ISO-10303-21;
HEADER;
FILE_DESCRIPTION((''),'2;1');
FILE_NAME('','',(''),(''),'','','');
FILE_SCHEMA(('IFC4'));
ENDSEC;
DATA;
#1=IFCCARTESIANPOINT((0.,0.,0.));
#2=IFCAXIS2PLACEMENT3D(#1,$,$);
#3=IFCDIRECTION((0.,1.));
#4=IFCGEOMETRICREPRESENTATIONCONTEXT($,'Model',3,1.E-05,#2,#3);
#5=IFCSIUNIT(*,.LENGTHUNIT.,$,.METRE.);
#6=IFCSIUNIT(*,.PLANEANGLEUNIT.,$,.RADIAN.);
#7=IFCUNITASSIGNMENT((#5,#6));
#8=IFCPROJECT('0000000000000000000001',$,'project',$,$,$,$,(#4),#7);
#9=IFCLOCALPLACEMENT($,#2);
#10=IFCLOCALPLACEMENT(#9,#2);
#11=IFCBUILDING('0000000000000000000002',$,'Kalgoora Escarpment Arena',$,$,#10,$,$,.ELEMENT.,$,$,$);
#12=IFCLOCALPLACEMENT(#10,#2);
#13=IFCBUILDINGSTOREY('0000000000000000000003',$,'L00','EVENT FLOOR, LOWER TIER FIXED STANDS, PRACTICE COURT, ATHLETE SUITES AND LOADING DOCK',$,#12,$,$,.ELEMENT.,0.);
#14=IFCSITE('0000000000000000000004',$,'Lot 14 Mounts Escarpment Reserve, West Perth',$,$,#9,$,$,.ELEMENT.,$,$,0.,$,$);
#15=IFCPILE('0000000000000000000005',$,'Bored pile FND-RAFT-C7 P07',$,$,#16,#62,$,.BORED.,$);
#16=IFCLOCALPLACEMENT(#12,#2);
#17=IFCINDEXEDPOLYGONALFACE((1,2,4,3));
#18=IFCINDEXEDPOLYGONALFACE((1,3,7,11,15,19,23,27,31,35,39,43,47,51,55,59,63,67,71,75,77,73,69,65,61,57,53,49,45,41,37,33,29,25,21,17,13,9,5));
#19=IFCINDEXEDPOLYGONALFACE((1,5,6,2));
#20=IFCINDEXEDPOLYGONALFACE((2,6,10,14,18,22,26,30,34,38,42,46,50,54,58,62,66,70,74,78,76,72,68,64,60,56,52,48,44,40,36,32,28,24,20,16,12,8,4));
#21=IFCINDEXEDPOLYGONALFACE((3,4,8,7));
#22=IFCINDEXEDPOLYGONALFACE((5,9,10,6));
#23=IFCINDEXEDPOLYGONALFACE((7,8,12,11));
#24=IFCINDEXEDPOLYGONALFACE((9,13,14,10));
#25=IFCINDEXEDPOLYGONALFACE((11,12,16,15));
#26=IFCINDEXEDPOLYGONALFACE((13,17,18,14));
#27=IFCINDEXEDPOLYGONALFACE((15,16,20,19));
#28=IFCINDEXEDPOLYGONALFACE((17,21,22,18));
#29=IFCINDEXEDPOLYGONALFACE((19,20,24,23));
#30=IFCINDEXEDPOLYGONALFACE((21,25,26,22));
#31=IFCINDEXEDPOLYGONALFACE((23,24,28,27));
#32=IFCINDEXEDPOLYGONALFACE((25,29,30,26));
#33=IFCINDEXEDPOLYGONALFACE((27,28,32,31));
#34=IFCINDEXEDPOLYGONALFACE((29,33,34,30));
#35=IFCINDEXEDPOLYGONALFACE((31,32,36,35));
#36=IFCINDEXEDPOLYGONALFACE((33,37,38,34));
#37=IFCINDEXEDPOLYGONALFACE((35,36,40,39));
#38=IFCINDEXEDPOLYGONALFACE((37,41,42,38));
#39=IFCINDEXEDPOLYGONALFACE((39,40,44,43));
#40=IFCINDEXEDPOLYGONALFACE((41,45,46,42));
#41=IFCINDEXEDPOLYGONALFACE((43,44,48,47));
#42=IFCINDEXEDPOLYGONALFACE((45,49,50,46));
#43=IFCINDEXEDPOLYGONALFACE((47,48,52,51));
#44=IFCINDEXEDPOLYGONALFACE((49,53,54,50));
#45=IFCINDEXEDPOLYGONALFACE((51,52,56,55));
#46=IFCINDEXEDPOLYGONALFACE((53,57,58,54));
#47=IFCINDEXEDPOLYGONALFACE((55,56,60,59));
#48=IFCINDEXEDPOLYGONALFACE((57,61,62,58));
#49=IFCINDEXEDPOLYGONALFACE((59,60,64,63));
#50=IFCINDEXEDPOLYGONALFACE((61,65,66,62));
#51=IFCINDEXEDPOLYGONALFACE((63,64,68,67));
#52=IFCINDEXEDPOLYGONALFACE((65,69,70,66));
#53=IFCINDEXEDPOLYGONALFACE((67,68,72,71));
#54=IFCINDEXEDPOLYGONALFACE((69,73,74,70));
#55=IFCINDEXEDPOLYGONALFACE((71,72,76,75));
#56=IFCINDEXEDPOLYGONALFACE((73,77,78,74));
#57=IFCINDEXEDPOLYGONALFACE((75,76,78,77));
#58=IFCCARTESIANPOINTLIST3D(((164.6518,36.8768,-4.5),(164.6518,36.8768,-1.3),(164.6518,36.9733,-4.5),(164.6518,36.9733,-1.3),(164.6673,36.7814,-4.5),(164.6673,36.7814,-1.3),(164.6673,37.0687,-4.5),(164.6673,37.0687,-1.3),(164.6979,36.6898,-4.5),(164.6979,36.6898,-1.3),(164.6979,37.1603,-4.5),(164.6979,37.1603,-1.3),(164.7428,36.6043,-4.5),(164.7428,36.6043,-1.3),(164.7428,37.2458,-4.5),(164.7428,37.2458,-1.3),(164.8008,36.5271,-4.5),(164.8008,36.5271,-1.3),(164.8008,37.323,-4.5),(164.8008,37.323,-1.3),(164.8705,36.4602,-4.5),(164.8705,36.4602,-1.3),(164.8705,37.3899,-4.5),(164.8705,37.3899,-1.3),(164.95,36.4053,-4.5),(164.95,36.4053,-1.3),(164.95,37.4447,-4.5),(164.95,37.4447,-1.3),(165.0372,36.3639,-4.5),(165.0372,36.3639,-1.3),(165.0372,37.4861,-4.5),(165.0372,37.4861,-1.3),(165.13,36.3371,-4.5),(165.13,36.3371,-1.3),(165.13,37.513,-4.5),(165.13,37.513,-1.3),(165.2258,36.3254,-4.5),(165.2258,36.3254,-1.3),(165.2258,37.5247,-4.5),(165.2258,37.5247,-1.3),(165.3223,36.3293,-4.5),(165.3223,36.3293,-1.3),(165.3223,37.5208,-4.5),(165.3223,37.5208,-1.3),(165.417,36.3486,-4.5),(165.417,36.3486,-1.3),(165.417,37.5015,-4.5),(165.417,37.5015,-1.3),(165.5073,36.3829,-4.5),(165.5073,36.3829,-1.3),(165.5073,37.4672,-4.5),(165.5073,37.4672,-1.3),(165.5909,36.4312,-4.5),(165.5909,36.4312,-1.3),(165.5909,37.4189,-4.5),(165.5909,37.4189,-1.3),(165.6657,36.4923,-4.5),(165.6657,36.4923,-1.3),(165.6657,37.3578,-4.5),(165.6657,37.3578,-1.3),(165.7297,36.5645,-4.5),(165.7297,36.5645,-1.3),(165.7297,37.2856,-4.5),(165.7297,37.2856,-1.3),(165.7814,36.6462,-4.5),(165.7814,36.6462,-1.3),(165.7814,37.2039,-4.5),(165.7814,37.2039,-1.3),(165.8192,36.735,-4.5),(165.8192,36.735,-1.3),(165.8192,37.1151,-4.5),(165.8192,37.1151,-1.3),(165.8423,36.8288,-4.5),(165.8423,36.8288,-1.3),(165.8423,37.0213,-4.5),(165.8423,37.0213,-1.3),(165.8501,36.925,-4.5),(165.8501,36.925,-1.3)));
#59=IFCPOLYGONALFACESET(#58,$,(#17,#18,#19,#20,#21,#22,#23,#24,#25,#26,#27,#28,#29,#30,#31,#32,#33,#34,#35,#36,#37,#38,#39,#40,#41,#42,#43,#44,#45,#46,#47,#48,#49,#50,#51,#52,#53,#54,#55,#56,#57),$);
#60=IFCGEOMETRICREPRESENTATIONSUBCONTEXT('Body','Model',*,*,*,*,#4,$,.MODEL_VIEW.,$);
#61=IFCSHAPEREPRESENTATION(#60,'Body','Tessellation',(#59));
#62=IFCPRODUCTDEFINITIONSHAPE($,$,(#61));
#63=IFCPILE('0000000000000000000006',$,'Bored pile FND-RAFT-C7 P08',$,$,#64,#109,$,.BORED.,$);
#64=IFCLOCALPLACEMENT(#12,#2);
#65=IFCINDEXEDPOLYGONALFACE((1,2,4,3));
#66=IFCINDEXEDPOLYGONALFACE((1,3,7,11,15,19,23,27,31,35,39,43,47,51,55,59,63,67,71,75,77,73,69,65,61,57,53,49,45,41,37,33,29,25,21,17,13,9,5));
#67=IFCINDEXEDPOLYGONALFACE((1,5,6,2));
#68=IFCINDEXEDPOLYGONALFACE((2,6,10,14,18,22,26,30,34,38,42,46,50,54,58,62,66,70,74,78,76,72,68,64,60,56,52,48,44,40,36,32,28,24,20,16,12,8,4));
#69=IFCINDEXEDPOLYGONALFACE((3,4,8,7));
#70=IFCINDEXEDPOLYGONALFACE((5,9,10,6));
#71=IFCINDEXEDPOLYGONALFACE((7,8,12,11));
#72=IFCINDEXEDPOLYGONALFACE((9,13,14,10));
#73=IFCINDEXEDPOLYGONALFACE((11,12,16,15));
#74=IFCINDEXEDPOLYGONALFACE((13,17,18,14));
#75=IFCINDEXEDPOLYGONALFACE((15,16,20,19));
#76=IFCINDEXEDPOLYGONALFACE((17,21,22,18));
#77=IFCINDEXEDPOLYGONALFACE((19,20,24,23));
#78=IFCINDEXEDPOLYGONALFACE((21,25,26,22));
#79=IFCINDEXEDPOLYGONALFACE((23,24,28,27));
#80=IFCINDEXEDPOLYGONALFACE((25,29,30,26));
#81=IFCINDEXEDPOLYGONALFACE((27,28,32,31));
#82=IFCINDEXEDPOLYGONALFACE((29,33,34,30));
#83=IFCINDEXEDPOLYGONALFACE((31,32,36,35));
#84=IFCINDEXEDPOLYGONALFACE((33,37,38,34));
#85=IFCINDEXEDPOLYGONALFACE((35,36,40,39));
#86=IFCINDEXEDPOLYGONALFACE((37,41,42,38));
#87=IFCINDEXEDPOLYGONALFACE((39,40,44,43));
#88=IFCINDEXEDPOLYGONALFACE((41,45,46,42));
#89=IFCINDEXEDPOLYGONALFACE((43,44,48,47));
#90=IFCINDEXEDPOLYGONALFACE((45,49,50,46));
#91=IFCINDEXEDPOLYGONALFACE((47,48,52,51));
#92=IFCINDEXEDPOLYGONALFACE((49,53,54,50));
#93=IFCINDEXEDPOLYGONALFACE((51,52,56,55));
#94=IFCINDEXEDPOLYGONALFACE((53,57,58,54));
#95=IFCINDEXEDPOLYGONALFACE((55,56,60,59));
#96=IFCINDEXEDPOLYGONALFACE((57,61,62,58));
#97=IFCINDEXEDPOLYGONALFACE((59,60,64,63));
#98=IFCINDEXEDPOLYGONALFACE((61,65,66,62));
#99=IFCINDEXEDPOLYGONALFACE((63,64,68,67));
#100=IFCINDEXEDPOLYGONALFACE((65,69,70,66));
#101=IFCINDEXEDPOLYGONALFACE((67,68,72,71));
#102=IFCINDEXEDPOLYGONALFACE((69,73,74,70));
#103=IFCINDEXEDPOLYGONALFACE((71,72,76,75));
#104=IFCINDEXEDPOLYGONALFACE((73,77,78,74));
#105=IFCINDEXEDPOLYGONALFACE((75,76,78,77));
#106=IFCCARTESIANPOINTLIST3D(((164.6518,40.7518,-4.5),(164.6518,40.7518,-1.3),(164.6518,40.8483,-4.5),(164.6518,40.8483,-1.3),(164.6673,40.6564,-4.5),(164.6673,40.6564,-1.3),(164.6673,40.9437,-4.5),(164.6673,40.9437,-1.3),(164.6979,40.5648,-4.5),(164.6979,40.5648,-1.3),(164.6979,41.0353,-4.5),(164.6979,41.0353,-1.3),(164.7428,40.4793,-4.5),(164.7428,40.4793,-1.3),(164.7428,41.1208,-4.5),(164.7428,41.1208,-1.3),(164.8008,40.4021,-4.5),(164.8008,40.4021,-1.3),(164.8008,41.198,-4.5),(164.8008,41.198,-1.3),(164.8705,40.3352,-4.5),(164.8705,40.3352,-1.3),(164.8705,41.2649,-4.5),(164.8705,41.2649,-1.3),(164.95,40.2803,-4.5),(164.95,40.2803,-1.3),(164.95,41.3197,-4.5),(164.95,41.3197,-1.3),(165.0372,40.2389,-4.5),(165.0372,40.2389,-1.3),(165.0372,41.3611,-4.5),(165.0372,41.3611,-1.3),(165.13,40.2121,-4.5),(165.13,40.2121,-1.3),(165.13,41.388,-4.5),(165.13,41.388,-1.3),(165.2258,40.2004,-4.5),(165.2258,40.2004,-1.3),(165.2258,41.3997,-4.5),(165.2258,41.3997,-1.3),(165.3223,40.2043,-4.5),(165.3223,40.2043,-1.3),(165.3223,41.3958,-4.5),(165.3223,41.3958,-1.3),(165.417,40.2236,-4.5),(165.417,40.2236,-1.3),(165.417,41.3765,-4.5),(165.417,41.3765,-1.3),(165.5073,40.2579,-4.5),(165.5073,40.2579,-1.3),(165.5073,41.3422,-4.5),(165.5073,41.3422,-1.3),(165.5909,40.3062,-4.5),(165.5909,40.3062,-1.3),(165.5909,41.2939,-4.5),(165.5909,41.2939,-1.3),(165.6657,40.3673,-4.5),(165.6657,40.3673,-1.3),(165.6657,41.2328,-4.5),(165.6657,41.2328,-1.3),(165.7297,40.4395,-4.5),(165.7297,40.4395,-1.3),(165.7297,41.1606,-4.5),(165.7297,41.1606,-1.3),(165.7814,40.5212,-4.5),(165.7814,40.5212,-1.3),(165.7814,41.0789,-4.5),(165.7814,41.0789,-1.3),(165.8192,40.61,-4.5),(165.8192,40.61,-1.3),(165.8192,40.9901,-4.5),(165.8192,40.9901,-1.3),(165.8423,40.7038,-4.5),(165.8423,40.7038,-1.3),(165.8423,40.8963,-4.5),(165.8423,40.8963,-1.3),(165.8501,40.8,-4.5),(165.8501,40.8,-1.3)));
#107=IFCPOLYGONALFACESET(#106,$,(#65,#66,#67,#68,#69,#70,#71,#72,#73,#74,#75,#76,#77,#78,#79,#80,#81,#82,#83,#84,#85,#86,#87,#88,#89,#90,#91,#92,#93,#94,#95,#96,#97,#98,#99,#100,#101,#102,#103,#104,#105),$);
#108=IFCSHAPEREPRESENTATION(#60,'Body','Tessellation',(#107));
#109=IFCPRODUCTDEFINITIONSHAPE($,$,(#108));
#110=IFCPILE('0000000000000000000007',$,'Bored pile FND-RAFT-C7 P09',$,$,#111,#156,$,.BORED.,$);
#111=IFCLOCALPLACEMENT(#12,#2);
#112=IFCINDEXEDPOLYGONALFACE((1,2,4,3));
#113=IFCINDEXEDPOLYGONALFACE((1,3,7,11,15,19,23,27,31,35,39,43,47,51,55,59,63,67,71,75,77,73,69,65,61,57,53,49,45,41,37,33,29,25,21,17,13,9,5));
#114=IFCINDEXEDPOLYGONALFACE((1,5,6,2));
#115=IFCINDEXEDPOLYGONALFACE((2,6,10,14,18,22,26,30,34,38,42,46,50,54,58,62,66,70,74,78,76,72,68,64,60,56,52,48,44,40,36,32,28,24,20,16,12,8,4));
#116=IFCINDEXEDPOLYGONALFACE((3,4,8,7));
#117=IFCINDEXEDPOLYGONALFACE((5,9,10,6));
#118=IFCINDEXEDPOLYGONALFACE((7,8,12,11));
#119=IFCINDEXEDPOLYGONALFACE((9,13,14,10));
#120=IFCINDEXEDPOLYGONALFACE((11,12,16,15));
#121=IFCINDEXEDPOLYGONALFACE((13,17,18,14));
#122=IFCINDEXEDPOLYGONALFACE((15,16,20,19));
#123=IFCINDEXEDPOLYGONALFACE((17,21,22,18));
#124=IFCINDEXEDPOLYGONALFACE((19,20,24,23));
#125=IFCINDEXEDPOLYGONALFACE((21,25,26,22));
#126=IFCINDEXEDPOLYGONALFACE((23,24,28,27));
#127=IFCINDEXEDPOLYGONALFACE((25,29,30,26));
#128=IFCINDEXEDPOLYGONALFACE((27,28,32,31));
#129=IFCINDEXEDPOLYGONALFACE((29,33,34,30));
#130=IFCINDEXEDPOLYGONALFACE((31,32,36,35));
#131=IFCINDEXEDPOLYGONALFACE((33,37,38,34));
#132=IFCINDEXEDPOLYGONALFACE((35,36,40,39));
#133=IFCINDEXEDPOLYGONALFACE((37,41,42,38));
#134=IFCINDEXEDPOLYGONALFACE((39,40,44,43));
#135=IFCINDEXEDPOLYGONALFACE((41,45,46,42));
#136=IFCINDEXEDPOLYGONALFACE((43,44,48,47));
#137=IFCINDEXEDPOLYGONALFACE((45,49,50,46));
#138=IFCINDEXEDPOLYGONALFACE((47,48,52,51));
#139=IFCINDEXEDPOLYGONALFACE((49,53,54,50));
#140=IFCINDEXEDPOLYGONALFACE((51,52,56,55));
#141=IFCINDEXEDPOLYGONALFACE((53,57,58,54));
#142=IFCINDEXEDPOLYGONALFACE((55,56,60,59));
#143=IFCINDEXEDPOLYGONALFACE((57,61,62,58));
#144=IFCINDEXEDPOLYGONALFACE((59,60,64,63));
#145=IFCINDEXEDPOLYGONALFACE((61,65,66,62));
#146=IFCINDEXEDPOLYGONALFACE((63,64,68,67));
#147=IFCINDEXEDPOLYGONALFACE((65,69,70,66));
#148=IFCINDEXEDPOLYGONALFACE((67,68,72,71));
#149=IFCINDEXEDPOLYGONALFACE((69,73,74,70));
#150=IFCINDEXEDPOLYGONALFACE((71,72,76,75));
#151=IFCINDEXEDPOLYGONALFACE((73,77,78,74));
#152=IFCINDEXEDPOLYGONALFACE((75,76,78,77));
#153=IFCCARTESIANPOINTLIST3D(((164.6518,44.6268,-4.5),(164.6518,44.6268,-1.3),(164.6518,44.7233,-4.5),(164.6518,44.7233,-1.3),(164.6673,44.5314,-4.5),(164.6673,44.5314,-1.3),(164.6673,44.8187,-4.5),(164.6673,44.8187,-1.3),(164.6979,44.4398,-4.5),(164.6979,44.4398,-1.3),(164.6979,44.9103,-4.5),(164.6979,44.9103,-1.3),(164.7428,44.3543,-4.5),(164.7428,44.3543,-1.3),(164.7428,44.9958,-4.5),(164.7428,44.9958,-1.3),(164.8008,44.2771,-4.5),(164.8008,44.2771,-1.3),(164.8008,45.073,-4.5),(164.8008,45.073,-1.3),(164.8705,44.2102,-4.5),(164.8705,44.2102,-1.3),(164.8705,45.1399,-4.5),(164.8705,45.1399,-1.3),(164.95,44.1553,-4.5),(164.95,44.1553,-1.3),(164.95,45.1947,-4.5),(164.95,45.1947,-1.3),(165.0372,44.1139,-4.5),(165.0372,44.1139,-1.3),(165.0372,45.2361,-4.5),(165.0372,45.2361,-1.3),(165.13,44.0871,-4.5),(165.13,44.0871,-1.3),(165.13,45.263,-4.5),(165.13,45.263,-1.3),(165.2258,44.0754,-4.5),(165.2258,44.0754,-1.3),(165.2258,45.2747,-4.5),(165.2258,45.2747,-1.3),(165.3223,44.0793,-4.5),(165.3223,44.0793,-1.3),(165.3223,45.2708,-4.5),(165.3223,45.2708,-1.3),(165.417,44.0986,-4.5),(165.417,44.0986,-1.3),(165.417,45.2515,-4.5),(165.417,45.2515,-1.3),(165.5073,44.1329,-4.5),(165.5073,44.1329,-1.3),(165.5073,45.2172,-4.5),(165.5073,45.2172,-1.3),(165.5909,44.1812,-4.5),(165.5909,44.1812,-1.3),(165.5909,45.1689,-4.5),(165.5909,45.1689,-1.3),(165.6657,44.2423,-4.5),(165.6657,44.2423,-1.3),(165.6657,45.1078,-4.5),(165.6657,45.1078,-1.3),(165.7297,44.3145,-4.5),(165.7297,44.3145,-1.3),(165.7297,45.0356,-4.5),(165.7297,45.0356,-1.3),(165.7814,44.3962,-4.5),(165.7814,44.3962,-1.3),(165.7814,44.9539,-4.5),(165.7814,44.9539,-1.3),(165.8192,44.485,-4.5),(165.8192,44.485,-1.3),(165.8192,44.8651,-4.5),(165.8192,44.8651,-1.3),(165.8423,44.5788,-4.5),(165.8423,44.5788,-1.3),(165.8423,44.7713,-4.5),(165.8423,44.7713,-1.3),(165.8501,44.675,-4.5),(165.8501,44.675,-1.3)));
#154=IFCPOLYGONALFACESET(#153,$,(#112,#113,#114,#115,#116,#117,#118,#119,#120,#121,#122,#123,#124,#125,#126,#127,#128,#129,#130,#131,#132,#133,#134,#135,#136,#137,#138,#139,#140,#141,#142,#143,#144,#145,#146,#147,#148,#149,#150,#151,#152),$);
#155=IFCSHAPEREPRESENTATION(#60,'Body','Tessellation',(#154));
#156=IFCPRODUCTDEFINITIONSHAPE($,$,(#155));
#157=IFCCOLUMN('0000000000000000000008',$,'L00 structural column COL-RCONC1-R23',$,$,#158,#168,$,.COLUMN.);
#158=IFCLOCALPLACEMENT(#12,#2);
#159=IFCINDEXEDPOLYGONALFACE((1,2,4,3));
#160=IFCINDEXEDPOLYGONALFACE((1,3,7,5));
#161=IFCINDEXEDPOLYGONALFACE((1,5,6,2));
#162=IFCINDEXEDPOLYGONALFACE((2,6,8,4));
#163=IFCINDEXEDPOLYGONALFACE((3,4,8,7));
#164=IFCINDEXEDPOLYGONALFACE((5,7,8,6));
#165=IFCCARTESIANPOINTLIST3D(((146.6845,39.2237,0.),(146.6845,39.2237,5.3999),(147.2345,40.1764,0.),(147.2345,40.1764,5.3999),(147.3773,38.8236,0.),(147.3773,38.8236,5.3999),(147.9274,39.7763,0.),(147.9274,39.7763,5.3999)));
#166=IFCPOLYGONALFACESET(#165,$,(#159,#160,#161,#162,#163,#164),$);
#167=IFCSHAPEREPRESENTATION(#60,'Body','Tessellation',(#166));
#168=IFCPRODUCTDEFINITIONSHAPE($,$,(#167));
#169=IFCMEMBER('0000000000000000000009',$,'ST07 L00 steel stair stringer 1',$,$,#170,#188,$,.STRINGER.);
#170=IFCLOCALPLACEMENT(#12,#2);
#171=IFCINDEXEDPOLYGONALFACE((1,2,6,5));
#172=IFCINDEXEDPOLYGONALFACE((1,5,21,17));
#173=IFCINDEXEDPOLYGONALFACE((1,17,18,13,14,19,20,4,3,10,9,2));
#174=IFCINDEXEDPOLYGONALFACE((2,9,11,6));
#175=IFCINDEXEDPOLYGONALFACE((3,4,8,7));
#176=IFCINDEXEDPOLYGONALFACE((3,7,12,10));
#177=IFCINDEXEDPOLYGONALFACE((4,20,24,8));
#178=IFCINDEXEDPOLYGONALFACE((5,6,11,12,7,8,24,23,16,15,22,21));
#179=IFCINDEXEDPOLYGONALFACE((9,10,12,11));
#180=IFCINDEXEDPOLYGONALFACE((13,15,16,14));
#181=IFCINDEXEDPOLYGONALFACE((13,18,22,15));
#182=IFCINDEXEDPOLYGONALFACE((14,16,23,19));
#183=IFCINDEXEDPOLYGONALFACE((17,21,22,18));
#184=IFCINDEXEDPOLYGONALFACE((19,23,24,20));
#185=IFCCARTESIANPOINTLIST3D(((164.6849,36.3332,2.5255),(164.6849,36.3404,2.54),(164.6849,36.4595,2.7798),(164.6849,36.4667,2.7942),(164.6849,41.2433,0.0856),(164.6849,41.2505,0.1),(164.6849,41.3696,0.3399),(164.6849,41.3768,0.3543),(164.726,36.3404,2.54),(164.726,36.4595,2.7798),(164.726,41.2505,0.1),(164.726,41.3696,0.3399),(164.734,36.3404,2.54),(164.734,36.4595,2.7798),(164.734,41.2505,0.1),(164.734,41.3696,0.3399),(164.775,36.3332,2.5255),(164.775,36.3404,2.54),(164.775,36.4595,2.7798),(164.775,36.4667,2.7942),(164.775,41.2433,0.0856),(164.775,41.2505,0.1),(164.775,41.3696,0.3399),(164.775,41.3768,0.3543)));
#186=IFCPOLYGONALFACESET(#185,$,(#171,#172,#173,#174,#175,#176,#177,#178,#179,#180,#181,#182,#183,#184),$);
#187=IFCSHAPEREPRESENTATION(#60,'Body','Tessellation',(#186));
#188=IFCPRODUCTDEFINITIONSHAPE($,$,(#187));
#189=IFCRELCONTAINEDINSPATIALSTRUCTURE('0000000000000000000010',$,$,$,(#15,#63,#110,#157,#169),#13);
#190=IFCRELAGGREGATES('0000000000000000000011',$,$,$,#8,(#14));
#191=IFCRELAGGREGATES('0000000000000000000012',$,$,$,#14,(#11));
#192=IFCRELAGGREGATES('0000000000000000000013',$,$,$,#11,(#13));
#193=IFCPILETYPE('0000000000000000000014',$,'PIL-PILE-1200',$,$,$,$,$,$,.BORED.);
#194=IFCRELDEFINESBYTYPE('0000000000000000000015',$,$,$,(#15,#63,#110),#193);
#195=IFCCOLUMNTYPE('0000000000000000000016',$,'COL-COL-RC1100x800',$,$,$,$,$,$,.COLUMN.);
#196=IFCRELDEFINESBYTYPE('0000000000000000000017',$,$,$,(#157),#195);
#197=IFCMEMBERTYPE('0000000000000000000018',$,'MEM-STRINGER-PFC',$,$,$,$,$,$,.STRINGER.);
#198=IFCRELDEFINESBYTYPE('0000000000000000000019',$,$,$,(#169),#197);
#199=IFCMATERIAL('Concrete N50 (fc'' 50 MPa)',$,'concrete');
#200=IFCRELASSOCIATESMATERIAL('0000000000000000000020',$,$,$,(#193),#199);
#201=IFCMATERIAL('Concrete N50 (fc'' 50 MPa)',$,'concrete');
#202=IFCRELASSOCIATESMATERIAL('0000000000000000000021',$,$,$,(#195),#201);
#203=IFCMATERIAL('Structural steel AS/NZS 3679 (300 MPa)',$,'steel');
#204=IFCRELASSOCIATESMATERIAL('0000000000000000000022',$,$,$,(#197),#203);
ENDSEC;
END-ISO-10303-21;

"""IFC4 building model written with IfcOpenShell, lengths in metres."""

from ifc_helpers import new_model, si_unit, direction, frame, origin, origin_2d, place, context, subcontext, project, spatial, rectangle, circle, i_section, extrude, material, material_profile, profile_set, type_object, element, save


model = new_model("IFC4")

# Units and contexts
model_context = context("Model", 3, precision=1e-05, world=origin(), true_north=direction((0.0, 1.0)))
body_context = subcontext(model_context, "Body", "Model", "MODEL_VIEW")
ifc_project = project(units=[si_unit("LENGTHUNIT", "METRE"), si_unit("PLANEANGLEUNIT", "RADIAN")], contexts=[model_context])

# Site, building, storey
site_placement = place(None, origin())
site = spatial("IfcSite", under=ifc_project, at=site_placement, Name="Lot 14 Mounts Escarpment Reserve, West Perth", CompositionType="ELEMENT", RefElevation=0.0)
building_placement = place(site_placement, origin())
building = spatial("IfcBuilding", under=site, at=building_placement, Name="Kalgoora Escarpment Arena", CompositionType="ELEMENT")
storey_placement = place(building_placement, origin())
storey = spatial("IfcBuildingStorey", under=building, at=storey_placement, Name="L00", Description="EVENT FLOOR, LOWER TIER FIXED STANDS, PRACTICE COURT, ATHLETE SUITES AND LOADING DOCK", CompositionType="ELEMENT", Elevation=0.0)

# Piles
ifc_material_1 = material(Name="Concrete N50 (fc' 50 MPa)", Category="concrete")
ifc_material_profile_1 = material_profile(ifc_material_1, circle(Radius=0.6001, at=origin_2d()))
ifc_profile_set_1 = profile_set([ifc_material_profile_1], Name="Concrete N50 (fc' 50 MPa)")
pile_type_1 = type_object("IfcPileType", Name="PIL-PILE-1200", PredefinedType="BORED", material=ifc_profile_set_1)
for number, where, z_axis, x_axis, name in (
    (1, (165.25, 36.925, -1.3), (0.0, 0.0, -1.0), (1.0, 0.0, 0.0), "Bored pile FND-RAFT-C7 P07"),
    (2, (165.25, 40.8, -1.3), (0.0, 0.0, -1.0), (1.0, 0.0, 0.0), "Bored pile FND-RAFT-C7 P08"),
    (3, (165.25, 44.675, -1.3), (0.0, 0.0, -1.0), (1.0, 0.0, 0.0), "Bored pile FND-RAFT-C7 P09"),
):
    element("IfcPile", number, at=place(storey_placement, frame(where, z_axis=z_axis, x_axis=x_axis)), inside=storey, type_object=pile_type_1, Name=name, PredefinedType="BORED", context=body_context, shape_type="SweptSolid", body=[
        extrude(circle(Radius=0.6001, at=origin_2d()), origin(), (0.0, 0.0, 1.0), 3.2),
    ])

# Column
ifc_material_2 = material(Name="Concrete N50 (fc' 50 MPa)", Category="concrete")
ifc_material_profile_2 = material_profile(ifc_material_2, rectangle(XDim=0.8, YDim=1.1001, at=origin_2d()))
ifc_profile_set_2 = profile_set([ifc_material_profile_2], Name="Concrete N50 (fc' 50 MPa)")
column_type = type_object("IfcColumnType", Name="COL-COL-RC1100x800", PredefinedType="COLUMN", material=ifc_profile_set_2)
column_placement = place(storey_placement, frame((147.3059, 39.5, 0.0), z_axis=(0.0, 0.0, 1.0), x_axis=(0.866025, -0.5, 0.0)))
element("IfcColumn", 4, at=column_placement, inside=storey, type_object=column_type, Name="L00 structural column COL-RCONC1-R23", PredefinedType="COLUMN", context=body_context, shape_type="SweptSolid", body=[
    extrude(rectangle(XDim=0.8, YDim=1.1001, at=origin_2d()), origin(), (0.0, 0.0, 1.0), 5.3999),
])

# Member
ifc_material_3 = material(Name="Structural steel AS/NZS 3679 (300 MPa)", Category="steel")
ifc_material_profile_3 = material_profile(ifc_material_3, i_section(OverallWidth=0.0901, OverallDepth=0.3, WebThickness=0.0081, FlangeThickness=0.0161, at=origin_2d()))
ifc_profile_set_3 = profile_set([ifc_material_profile_3], Name="Structural steel AS/NZS 3679 (300 MPa)")
member_type = type_object("IfcMemberType", Name="MEM-STRINGER-PFC", PredefinedType="STRINGER", material=ifc_profile_set_3)
member_1_placement = place(storey_placement, frame((164.73, 41.3101, 0.22), z_axis=(0.0, -0.895529, 0.445004), x_axis=(1.0, 0.0, 0.0)))
element("IfcMember", 5, at=member_1_placement, inside=storey, type_object=member_type, Name="ST07 L00 steel stair stringer 1", PredefinedType="STRINGER", context=body_context, shape_type="SweptSolid", body=[
    extrude(i_section(OverallWidth=0.0901, OverallDepth=0.3, WebThickness=0.0081, FlangeThickness=0.0161, at=origin_2d()), origin(), (0.0, 0.0, 1.0), 5.4829),
])

save(model, "model.ifc")
